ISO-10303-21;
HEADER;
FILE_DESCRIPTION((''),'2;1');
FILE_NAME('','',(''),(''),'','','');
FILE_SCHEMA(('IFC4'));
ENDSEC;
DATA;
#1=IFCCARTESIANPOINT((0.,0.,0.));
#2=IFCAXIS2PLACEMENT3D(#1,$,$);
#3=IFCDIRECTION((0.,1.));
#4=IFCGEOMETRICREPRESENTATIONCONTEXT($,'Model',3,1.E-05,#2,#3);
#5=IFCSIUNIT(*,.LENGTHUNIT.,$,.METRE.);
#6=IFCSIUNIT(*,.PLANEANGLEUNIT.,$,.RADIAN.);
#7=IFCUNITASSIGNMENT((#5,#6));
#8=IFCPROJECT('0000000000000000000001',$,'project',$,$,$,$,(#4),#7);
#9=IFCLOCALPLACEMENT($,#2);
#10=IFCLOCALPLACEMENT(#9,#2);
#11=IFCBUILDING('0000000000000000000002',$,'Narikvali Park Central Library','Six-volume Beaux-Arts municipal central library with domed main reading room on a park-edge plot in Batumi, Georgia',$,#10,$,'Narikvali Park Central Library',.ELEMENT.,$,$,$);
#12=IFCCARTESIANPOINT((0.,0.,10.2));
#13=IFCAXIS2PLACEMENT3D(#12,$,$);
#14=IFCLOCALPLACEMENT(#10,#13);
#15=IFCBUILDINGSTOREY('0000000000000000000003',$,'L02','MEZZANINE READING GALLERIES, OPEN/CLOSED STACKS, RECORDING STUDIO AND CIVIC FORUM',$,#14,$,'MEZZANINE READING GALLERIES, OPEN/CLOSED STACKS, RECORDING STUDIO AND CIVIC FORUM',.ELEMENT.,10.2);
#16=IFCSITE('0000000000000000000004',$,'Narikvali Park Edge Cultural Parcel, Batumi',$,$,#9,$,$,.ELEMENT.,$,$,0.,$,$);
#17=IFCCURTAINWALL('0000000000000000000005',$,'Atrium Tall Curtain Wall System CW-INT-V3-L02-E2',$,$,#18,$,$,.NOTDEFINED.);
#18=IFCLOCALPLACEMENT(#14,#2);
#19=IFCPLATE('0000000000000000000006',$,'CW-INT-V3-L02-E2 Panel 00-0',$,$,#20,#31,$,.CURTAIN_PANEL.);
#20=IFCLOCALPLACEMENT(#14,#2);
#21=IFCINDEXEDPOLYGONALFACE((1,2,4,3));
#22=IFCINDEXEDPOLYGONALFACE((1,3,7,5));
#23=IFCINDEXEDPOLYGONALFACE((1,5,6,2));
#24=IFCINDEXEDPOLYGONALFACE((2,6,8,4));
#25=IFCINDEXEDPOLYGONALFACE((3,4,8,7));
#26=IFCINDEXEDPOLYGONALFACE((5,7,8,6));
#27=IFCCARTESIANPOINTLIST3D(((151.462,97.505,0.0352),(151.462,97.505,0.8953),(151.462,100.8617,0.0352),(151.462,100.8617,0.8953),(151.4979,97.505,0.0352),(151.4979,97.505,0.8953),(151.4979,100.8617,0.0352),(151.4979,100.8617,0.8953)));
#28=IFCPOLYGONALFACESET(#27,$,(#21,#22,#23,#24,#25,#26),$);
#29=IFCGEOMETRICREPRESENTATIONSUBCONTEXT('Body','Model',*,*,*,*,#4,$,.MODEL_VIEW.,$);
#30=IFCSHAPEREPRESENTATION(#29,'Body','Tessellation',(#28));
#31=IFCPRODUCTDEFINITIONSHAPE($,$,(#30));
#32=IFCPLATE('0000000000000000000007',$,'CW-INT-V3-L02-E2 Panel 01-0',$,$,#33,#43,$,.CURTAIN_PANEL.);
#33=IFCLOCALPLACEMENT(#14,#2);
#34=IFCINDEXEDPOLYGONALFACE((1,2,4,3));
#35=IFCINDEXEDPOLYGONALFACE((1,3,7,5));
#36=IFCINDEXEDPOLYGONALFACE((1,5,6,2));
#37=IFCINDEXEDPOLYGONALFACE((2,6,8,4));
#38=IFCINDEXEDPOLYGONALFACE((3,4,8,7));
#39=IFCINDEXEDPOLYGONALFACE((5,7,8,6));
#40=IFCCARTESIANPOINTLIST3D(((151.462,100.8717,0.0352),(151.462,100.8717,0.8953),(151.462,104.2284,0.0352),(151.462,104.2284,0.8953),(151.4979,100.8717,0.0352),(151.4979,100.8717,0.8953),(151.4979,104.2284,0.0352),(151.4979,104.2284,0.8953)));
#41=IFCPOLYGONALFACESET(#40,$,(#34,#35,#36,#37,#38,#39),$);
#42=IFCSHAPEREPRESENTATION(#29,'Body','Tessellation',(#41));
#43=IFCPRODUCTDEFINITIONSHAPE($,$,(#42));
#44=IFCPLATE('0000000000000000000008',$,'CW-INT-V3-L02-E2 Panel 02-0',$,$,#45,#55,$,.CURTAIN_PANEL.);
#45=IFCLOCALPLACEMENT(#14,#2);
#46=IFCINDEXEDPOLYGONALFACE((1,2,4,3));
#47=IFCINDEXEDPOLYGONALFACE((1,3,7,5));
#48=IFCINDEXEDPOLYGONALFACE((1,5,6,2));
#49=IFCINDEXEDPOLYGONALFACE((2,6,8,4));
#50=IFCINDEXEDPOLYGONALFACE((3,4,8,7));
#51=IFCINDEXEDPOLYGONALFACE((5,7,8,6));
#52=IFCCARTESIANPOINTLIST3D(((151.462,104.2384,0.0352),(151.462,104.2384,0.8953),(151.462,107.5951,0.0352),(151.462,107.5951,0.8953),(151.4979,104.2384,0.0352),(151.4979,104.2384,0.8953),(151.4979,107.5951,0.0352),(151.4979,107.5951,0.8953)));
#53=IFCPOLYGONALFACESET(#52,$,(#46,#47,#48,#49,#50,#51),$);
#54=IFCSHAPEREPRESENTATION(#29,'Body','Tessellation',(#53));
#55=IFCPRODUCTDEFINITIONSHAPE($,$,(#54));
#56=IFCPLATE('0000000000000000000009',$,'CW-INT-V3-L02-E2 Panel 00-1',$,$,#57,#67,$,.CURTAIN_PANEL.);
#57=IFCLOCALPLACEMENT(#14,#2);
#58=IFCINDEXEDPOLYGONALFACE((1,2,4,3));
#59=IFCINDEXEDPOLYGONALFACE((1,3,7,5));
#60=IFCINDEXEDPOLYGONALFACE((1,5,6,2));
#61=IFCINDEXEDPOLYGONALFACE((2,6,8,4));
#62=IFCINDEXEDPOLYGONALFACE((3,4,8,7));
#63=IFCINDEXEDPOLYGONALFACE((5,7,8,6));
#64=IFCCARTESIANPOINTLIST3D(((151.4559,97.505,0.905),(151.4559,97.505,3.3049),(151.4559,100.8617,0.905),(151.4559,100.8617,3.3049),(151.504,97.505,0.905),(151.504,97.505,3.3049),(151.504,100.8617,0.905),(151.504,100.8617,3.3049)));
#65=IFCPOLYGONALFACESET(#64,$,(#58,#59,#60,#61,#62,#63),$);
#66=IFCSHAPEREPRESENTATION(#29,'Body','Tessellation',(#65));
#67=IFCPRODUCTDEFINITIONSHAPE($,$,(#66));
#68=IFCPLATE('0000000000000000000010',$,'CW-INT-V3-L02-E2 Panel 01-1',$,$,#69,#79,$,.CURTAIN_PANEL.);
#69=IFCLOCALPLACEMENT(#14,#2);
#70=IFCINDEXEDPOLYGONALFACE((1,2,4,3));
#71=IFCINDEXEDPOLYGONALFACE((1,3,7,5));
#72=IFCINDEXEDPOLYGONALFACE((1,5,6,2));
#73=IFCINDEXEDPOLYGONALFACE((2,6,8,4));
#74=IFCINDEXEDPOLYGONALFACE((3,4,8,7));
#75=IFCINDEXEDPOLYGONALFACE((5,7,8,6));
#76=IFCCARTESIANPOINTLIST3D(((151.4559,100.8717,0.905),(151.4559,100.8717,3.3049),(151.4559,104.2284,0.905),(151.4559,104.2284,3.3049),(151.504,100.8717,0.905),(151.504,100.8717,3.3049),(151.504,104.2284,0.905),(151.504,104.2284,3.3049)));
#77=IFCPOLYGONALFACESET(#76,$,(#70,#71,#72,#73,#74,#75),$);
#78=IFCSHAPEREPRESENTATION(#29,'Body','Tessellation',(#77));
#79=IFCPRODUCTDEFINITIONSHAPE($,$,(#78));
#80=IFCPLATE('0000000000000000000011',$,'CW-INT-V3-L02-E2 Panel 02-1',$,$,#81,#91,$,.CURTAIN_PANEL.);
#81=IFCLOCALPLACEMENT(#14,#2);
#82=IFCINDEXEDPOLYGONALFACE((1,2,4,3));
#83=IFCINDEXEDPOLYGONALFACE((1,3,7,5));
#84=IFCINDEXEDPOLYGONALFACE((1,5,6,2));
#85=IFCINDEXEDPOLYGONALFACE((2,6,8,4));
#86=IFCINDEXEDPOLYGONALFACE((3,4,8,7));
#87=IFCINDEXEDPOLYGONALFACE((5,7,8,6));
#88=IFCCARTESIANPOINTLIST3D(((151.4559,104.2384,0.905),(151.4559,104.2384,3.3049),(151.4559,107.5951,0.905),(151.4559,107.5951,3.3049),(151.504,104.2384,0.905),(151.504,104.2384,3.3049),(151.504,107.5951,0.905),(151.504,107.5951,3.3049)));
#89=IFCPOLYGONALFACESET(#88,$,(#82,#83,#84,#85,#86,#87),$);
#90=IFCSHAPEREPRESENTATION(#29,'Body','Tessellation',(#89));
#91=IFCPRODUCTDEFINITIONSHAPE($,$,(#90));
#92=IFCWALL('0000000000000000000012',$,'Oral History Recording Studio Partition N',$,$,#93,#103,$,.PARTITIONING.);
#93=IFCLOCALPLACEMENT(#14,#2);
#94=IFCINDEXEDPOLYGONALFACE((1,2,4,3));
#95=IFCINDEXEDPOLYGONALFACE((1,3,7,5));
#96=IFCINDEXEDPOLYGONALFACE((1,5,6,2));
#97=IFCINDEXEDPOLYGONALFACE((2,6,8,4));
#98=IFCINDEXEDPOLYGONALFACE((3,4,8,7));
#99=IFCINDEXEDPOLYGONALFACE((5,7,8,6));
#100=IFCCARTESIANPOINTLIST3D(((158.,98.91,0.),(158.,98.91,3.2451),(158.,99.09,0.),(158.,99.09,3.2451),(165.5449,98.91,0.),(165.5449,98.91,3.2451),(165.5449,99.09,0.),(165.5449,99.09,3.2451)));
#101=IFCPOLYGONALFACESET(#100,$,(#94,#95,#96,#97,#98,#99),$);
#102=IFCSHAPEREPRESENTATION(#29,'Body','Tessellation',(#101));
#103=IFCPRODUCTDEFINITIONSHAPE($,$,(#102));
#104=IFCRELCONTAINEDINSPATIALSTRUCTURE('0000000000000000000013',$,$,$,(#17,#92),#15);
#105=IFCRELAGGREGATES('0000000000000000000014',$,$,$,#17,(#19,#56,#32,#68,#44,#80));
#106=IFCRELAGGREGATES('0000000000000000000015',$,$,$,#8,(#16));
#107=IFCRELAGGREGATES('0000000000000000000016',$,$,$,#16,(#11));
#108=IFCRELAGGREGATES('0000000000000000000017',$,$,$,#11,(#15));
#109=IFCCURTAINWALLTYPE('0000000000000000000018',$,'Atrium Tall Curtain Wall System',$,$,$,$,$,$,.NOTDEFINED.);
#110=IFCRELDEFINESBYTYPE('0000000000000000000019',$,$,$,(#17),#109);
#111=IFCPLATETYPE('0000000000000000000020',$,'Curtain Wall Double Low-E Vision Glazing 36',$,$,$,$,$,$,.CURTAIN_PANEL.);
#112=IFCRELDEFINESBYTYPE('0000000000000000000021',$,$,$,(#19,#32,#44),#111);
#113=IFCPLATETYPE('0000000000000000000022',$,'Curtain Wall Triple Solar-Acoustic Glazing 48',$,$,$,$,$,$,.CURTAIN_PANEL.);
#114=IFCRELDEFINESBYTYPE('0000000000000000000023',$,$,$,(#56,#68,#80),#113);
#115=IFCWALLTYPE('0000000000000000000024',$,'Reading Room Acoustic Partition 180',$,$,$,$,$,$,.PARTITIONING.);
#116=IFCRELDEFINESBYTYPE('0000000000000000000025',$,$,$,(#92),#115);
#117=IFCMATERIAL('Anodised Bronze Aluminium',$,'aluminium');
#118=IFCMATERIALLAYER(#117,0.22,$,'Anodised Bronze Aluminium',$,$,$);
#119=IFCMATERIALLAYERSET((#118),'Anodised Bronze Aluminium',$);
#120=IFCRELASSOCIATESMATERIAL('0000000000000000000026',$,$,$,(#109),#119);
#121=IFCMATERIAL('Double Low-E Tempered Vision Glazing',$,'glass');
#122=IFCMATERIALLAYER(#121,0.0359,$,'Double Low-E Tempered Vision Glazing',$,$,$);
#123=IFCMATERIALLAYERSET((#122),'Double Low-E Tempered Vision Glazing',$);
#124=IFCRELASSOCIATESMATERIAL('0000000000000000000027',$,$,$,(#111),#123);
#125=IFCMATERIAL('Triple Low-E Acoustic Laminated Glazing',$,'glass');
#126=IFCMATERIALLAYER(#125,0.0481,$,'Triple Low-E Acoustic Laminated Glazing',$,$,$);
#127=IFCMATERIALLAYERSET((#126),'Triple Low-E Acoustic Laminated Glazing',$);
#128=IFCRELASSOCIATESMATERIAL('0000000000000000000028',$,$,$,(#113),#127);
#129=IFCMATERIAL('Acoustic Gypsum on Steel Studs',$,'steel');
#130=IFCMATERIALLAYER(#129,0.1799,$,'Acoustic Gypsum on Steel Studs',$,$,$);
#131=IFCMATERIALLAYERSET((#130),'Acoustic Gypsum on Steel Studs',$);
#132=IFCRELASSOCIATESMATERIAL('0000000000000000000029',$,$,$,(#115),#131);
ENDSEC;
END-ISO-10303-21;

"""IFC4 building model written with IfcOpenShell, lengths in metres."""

from ifc_helpers import new_model, si_unit, direction, frame, frame_2d, origin, origin_2d, place, context, subcontext, project, spatial, rectangle, extrude, material, layer, layer_set, type_object, element, aggregate, save


model = new_model("IFC4")

# Units and contexts
model_context = context("Model", 3, precision=1e-05, world=origin(), true_north=direction((0.0, 1.0)))
body_context = subcontext(model_context, "Body", "Model", "MODEL_VIEW")
ifc_project = project(units=[si_unit("LENGTHUNIT", "METRE"), si_unit("PLANEANGLEUNIT", "RADIAN")], contexts=[model_context])

# Site, building, storey
site_placement = place(None, origin())
site = spatial("IfcSite", under=ifc_project, at=site_placement, Name="Narikvali Park Edge Cultural Parcel, Batumi", CompositionType="ELEMENT", RefElevation=0.0)
building_placement = place(site_placement, origin())
building = spatial("IfcBuilding", under=site, at=building_placement, Name="Narikvali Park Central Library", Description="Six-volume Beaux-Arts municipal central library with domed main reading room on a park-edge plot in Batumi, Georgia", LongName="Narikvali Park Central Library", CompositionType="ELEMENT")
storey_placement = place(building_placement, frame((0.0, 0.0, 10.2)))
storey = spatial("IfcBuildingStorey", under=building, at=storey_placement, Name="L02", Description="MEZZANINE READING GALLERIES, OPEN/CLOSED STACKS, RECORDING STUDIO AND CIVIC FORUM", LongName="MEZZANINE READING GALLERIES, OPEN/CLOSED STACKS, RECORDING STUDIO AND CIVIC FORUM", CompositionType="ELEMENT", Elevation=10.2)

# Curtain wall
ifc_material_1 = material(Name="Anodised Bronze Aluminium", Category="aluminium")
ifc_layer_1 = layer(ifc_material_1, 0.22, Name="Anodised Bronze Aluminium")
ifc_layer_set_1 = layer_set([ifc_layer_1], Name="Anodised Bronze Aluminium")
curtain_wall_type = type_object("IfcCurtainWallType", Name="Atrium Tall Curtain Wall System", PredefinedType="NOTDEFINED", material=ifc_layer_set_1)
curtain_wall_placement = place(storey_placement, origin())
curtain_wall = element("IfcCurtainWall", 1, at=curtain_wall_placement, inside=storey, type_object=curtain_wall_type, Name="Atrium Tall Curtain Wall System CW-INT-V3-L02-E2", PredefinedType="NOTDEFINED")

# Plates
ifc_material_2 = material(Name="Double Low-E Tempered Vision Glazing", Category="glass")
ifc_layer_2 = layer(ifc_material_2, 0.0359, Name="Double Low-E Tempered Vision Glazing")
ifc_layer_set_2 = layer_set([ifc_layer_2], Name="Double Low-E Tempered Vision Glazing")
plate_type_1 = type_object("IfcPlateType", Name="Curtain Wall Double Low-E Vision Glazing 36", PredefinedType="CURTAIN_PANEL", material=ifc_layer_set_2)
plate_1_placement = place(storey_placement, frame((151.48, 99.1833, 0.0352), z_axis=(0.0, 0.0, 1.0), x_axis=(0.0, 1.0, 0.0)))
plate_1 = element("IfcPlate", 2, at=plate_1_placement, type_object=plate_type_1, Name="CW-INT-V3-L02-E2 Panel 00-0", PredefinedType="CURTAIN_PANEL", context=body_context, shape_type="SweptSolid", body=[
    extrude(rectangle(XDim=3.3567, YDim=0.0359, at=origin_2d()), origin(), (0.0, 0.0, 1.0), 0.8601),
])
plate_2_placement = place(storey_placement, frame((151.48, 102.55, 0.0352), z_axis=(0.0, 0.0, 1.0), x_axis=(0.0, 1.0, 0.0)))
plate_2 = element("IfcPlate", 3, at=plate_2_placement, type_object=plate_type_1, Name="CW-INT-V3-L02-E2 Panel 01-0", PredefinedType="CURTAIN_PANEL", context=body_context, shape_type="SweptSolid", body=[
    extrude(rectangle(XDim=3.3567, YDim=0.0359, at=origin_2d()), origin(), (0.0, 0.0, 1.0), 0.8601),
])
plate_3_placement = place(storey_placement, frame((151.48, 105.9167, 0.0352), z_axis=(0.0, 0.0, 1.0), x_axis=(0.0, 1.0, 0.0)))
plate_3 = element("IfcPlate", 4, at=plate_3_placement, type_object=plate_type_1, Name="CW-INT-V3-L02-E2 Panel 02-0", PredefinedType="CURTAIN_PANEL", context=body_context, shape_type="SweptSolid", body=[
    extrude(rectangle(XDim=3.3567, YDim=0.0359, at=origin_2d()), origin(), (0.0, 0.0, 1.0), 0.8601),
])
ifc_material_3 = material(Name="Triple Low-E Acoustic Laminated Glazing", Category="glass")
ifc_layer_3 = layer(ifc_material_3, 0.0481, Name="Triple Low-E Acoustic Laminated Glazing")
ifc_layer_set_3 = layer_set([ifc_layer_3], Name="Triple Low-E Acoustic Laminated Glazing")
plate_type_2 = type_object("IfcPlateType", Name="Curtain Wall Triple Solar-Acoustic Glazing 48", PredefinedType="CURTAIN_PANEL", material=ifc_layer_set_3)
plate_4_placement = place(storey_placement, frame((151.48, 99.1833, 0.905), z_axis=(0.0, 0.0, 1.0), x_axis=(0.0, 1.0, 0.0)))
plate_4 = element("IfcPlate", 5, at=plate_4_placement, type_object=plate_type_2, Name="CW-INT-V3-L02-E2 Panel 00-1", PredefinedType="CURTAIN_PANEL", context=body_context, shape_type="SweptSolid", body=[
    extrude(rectangle(XDim=3.3567, YDim=0.0481, at=origin_2d()), origin(), (0.0, 0.0, 1.0), 2.3999),
])
plate_5_placement = place(storey_placement, frame((151.48, 102.55, 0.905), z_axis=(0.0, 0.0, 1.0), x_axis=(0.0, 1.0, 0.0)))
plate_5 = element("IfcPlate", 6, at=plate_5_placement, type_object=plate_type_2, Name="CW-INT-V3-L02-E2 Panel 01-1", PredefinedType="CURTAIN_PANEL", context=body_context, shape_type="SweptSolid", body=[
    extrude(rectangle(XDim=3.3567, YDim=0.0481, at=origin_2d()), origin(), (0.0, 0.0, 1.0), 2.3999),
])
plate_6_placement = place(storey_placement, frame((151.48, 105.9167, 0.905), z_axis=(0.0, 0.0, 1.0), x_axis=(0.0, 1.0, 0.0)))
plate_6 = element("IfcPlate", 7, at=plate_6_placement, type_object=plate_type_2, Name="CW-INT-V3-L02-E2 Panel 02-1", PredefinedType="CURTAIN_PANEL", context=body_context, shape_type="SweptSolid", body=[
    extrude(rectangle(XDim=3.3567, YDim=0.0481, at=origin_2d()), origin(), (0.0, 0.0, 1.0), 2.3999),
])
aggregate(curtain_wall, [plate_1, plate_4, plate_2, plate_5, plate_3, plate_6])

# Wall
ifc_material_4 = material(Name="Acoustic Gypsum on Steel Studs", Category="steel")
ifc_layer_4 = layer(ifc_material_4, 0.1799, Name="Acoustic Gypsum on Steel Studs")
ifc_layer_set_4 = layer_set([ifc_layer_4], Name="Acoustic Gypsum on Steel Studs")
wall_type = type_object("IfcWallType", Name="Reading Room Acoustic Partition 180", PredefinedType="PARTITIONING", material=ifc_layer_set_4)
wall_placement = place(storey_placement, frame((158.0, 99.0, 0.0), z_axis=(0.0, 0.0, 1.0), x_axis=(1.0, 0.0, 0.0)))
element("IfcWall", 8, at=wall_placement, inside=storey, type_object=wall_type, Name="Oral History Recording Studio Partition N", PredefinedType="PARTITIONING", context=body_context, shape_type="SweptSolid", body=[
    extrude(rectangle(XDim=7.5449, YDim=0.1799, at=frame_2d((3.7725, 0.0))), origin(), (0.0, 0.0, 1.0), 3.2451),
])

save(model, "model.ifc")
